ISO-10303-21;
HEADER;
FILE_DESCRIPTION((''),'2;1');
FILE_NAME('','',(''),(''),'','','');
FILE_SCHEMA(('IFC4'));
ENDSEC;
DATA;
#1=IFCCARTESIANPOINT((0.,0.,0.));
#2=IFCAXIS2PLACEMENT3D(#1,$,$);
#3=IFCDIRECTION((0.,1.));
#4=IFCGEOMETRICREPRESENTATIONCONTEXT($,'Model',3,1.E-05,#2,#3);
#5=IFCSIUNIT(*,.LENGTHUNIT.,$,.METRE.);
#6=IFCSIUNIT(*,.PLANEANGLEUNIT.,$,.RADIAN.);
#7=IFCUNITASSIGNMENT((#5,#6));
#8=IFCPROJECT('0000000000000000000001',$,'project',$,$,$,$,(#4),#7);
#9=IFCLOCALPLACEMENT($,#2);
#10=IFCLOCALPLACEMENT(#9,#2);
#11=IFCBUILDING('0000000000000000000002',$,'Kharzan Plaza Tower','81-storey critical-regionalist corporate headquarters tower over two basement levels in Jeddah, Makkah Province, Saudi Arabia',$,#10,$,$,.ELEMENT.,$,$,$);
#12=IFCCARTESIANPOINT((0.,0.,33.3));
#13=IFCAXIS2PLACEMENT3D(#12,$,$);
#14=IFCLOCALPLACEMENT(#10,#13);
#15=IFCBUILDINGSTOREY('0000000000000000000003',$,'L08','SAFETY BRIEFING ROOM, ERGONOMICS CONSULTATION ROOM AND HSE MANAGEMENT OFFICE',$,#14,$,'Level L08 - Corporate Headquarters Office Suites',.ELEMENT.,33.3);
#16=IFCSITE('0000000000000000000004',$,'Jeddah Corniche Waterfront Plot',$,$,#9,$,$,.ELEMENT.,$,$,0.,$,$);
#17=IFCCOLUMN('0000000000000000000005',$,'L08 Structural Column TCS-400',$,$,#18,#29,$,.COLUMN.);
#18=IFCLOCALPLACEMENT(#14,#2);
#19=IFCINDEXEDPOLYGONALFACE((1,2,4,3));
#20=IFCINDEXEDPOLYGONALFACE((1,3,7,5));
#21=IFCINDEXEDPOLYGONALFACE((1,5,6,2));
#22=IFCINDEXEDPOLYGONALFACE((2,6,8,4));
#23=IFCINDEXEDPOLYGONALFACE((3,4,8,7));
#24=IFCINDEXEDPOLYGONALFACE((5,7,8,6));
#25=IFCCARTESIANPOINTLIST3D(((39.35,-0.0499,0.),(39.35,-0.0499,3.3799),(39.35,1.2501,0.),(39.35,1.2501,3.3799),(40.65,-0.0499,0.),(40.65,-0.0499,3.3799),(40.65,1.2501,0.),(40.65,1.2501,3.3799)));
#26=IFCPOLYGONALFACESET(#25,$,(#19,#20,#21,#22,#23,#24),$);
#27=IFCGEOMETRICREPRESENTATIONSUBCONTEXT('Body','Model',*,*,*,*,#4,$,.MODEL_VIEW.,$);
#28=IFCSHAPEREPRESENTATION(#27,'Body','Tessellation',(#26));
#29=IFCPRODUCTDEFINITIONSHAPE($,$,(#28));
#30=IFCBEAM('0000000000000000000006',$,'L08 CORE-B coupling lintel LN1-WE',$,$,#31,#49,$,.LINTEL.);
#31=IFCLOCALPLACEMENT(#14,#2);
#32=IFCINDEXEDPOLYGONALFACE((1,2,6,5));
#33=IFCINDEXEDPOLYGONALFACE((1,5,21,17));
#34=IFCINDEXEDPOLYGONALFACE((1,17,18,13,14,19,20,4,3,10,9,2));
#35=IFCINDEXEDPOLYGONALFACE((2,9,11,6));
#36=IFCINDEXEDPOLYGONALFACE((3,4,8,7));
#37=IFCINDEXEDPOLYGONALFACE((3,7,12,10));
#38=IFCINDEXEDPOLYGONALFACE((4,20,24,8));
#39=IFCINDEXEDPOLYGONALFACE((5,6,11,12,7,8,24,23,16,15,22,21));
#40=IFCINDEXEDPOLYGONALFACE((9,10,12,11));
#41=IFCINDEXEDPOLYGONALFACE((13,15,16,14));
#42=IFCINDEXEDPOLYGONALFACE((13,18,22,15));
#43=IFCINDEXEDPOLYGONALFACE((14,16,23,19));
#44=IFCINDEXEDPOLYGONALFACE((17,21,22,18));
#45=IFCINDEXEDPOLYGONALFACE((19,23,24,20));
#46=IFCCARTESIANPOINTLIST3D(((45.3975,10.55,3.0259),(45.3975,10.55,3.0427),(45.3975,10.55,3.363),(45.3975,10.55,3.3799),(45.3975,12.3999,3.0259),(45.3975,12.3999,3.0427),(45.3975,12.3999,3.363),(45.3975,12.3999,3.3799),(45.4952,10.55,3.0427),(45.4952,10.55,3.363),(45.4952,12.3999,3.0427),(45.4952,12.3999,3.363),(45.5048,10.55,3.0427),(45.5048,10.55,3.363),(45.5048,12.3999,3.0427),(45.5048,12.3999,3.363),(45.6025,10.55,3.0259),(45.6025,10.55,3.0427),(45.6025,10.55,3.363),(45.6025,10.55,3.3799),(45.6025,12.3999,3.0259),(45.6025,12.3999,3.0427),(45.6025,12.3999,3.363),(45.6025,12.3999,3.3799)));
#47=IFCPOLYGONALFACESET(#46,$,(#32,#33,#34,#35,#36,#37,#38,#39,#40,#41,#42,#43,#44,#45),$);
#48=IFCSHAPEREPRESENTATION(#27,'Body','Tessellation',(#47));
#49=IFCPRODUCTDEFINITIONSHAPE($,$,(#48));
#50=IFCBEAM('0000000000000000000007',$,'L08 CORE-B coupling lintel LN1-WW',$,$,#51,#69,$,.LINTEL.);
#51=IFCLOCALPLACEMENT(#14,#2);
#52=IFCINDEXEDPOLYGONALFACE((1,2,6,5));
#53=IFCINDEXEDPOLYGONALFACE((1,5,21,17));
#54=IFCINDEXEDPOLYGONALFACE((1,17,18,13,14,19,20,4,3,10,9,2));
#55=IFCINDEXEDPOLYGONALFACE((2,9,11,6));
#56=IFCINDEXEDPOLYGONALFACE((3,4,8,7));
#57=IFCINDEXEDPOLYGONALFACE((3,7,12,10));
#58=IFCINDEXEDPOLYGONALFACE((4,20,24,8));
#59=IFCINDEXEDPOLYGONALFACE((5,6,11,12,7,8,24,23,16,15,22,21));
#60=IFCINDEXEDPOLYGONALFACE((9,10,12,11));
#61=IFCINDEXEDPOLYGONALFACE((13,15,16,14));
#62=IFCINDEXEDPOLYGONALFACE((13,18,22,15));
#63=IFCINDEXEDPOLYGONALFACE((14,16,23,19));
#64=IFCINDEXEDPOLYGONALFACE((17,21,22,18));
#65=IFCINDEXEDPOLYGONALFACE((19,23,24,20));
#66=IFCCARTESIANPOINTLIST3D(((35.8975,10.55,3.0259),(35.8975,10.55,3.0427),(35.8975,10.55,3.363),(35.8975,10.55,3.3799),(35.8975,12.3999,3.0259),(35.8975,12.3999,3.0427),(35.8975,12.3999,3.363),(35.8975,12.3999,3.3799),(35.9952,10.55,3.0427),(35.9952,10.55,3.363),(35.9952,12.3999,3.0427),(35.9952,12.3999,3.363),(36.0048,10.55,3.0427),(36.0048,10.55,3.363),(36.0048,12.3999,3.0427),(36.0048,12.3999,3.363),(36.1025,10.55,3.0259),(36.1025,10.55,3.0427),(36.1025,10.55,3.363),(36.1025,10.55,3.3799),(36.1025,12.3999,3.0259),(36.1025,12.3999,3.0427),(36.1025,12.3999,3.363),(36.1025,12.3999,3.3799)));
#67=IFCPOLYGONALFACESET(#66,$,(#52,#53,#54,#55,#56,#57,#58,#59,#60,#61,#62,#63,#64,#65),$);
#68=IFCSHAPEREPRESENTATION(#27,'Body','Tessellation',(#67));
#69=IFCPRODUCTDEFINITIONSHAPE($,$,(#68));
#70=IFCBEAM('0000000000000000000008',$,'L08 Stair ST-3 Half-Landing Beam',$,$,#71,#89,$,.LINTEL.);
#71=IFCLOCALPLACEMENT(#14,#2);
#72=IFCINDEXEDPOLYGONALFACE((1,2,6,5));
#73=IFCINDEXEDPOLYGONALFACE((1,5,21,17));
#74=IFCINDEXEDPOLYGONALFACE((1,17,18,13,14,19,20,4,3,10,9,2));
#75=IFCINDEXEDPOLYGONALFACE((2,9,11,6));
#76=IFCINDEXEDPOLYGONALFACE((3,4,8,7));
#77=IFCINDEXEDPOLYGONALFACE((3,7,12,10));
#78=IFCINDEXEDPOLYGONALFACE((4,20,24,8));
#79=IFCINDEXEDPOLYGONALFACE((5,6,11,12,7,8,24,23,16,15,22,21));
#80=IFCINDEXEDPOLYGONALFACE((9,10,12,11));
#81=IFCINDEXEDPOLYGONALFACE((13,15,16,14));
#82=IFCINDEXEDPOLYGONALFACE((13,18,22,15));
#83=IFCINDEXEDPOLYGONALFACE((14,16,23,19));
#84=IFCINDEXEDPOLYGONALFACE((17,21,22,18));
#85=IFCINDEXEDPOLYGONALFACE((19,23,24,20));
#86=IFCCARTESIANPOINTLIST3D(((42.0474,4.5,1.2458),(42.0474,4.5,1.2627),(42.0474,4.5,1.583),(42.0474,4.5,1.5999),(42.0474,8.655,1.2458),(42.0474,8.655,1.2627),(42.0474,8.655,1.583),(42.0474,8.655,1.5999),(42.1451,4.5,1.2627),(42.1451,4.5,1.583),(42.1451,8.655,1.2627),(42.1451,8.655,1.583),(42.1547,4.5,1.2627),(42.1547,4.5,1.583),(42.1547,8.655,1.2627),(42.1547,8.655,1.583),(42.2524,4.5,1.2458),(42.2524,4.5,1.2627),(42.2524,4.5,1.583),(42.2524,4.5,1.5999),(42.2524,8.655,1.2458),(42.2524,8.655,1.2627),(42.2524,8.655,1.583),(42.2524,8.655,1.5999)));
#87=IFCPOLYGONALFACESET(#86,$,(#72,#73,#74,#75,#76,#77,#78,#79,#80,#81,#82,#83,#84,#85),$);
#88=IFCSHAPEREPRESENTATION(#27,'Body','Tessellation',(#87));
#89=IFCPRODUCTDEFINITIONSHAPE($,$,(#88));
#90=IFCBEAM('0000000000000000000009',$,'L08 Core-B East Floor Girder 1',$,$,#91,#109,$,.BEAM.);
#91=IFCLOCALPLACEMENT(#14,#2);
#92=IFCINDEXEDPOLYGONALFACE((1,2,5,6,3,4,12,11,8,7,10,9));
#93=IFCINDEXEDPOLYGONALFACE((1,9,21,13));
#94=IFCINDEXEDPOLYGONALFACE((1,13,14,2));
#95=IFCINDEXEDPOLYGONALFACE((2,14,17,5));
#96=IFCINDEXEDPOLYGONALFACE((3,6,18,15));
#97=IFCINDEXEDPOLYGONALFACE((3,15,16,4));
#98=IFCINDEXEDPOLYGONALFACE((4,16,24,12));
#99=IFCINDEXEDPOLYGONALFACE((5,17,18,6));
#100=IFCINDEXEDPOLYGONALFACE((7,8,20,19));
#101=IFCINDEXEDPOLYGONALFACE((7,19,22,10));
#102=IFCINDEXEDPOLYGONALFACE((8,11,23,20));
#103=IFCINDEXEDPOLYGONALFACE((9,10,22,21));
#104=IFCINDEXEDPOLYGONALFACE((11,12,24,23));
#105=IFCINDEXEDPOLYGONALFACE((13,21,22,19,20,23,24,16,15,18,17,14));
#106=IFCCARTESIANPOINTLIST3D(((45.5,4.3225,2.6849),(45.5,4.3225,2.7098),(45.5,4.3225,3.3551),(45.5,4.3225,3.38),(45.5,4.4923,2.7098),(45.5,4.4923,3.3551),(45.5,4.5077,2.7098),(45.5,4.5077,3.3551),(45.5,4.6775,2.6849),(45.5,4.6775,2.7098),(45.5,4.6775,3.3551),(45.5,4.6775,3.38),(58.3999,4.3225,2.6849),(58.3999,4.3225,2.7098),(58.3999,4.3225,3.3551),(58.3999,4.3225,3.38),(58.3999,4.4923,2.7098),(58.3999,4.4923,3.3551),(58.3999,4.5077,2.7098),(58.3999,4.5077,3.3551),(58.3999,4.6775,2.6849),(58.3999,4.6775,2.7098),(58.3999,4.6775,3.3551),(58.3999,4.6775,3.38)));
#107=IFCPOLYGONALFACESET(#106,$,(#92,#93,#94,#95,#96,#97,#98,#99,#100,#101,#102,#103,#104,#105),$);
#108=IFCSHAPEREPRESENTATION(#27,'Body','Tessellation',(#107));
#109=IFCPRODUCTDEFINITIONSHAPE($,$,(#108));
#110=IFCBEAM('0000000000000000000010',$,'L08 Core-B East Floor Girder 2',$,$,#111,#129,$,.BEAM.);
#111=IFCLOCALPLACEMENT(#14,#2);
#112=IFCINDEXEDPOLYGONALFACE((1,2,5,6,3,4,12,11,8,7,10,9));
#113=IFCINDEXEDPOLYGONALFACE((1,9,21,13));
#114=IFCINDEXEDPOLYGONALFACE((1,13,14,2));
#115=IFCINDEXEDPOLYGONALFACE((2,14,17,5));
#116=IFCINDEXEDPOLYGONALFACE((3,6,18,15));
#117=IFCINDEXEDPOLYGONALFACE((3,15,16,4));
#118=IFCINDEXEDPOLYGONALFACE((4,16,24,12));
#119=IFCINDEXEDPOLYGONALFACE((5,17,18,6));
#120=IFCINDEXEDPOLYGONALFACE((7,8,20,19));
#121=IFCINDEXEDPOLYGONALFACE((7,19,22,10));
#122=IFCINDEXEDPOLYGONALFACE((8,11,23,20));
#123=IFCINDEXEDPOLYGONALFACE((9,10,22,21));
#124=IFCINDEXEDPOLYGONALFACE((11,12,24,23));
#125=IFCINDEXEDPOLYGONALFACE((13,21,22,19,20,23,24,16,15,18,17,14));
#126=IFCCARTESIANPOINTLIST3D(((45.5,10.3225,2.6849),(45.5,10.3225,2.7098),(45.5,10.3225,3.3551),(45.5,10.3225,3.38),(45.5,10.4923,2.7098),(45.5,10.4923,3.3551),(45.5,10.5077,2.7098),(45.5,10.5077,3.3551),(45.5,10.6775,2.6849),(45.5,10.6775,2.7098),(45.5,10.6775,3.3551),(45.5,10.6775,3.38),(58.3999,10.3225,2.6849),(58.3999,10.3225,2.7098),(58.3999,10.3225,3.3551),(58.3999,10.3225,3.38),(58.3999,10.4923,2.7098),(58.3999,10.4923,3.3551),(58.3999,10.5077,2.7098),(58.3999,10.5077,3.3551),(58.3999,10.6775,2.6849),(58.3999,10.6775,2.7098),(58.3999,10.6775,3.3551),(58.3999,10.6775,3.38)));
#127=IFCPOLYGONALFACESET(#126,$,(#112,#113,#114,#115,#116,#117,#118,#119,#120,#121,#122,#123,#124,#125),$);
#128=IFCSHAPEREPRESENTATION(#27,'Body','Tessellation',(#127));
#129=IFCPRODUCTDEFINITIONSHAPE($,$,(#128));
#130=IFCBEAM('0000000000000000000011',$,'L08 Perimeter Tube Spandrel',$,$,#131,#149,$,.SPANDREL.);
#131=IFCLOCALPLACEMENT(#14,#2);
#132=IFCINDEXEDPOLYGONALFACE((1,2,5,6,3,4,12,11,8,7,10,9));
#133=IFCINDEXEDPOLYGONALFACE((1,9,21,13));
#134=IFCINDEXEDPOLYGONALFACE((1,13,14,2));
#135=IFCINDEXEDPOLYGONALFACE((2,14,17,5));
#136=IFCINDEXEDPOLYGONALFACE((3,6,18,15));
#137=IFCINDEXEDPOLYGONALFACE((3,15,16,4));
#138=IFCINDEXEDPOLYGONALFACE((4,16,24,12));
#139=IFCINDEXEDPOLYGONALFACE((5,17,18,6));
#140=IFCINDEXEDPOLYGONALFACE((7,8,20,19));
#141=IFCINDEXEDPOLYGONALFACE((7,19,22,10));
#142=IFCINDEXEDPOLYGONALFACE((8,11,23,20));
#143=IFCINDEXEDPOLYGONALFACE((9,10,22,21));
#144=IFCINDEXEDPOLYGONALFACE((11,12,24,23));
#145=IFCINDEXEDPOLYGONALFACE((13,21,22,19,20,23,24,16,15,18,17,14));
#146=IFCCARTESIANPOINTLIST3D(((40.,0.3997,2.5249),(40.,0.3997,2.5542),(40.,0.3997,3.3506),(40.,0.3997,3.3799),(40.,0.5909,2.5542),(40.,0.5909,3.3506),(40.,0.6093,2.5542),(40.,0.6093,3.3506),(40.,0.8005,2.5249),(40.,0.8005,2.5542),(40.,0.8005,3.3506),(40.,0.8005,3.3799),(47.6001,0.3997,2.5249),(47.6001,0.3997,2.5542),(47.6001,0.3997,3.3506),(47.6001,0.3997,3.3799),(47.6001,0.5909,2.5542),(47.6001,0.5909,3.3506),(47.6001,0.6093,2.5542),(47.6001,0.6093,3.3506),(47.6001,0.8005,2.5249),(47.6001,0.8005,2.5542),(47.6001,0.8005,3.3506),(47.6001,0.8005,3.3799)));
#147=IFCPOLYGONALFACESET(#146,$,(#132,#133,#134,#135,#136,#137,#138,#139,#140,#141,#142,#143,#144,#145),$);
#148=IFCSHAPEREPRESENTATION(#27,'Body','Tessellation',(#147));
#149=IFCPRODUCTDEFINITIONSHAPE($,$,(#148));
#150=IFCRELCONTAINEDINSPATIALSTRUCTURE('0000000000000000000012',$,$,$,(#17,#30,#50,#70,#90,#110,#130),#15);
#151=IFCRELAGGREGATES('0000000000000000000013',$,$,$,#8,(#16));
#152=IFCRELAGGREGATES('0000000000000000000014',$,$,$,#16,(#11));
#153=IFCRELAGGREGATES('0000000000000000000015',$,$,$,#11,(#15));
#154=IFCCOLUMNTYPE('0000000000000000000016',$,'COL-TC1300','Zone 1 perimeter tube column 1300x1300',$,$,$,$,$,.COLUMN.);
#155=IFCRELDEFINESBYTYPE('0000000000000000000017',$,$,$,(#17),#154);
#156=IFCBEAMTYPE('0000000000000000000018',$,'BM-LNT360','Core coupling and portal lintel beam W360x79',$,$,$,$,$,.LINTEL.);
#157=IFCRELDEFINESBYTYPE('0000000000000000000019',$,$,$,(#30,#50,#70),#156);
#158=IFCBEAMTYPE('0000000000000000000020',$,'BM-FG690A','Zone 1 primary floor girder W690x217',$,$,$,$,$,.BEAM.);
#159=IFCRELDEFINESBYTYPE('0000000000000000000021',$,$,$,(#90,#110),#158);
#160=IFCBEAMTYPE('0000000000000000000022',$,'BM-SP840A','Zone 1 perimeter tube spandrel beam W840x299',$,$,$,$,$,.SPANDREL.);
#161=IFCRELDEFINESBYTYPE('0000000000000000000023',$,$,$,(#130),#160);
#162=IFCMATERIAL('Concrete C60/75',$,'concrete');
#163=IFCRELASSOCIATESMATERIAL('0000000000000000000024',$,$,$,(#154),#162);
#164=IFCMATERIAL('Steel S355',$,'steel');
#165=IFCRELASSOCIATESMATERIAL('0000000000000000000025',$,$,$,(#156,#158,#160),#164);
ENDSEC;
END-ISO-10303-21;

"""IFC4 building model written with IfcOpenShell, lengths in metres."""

from ifc_helpers import new_model, si_unit, direction, frame, origin, origin_2d, place, context, subcontext, project, spatial, rectangle, i_section, extrude, source, transform, mapped, material, material_profile, profile_set, type_object, element, save


model = new_model("IFC4")

# Units and contexts
model_context = context("Model", 3, precision=1e-05, world=origin(), true_north=direction((0.0, 1.0)))
body_context = subcontext(model_context, "Body", "Model", "MODEL_VIEW")
ifc_project = project(units=[si_unit("LENGTHUNIT", "METRE"), si_unit("PLANEANGLEUNIT", "RADIAN")], contexts=[model_context])

# Site, building, storey
site_placement = place(None, origin())
site = spatial("IfcSite", under=ifc_project, at=site_placement, Name="Jeddah Corniche Waterfront Plot", CompositionType="ELEMENT", RefElevation=0.0)
building_placement = place(site_placement, origin())
building = spatial("IfcBuilding", under=site, at=building_placement, Name="Kharzan Plaza Tower", Description="81-storey critical-regionalist corporate headquarters tower over two basement levels in Jeddah, Makkah Province, Saudi Arabia", CompositionType="ELEMENT")
storey_placement = place(building_placement, frame((0.0, 0.0, 33.3)))
storey = spatial("IfcBuildingStorey", under=building, at=storey_placement, Name="L08", Description="SAFETY BRIEFING ROOM, ERGONOMICS CONSULTATION ROOM AND HSE MANAGEMENT OFFICE", LongName="Level L08 - Corporate Headquarters Office Suites", CompositionType="ELEMENT", Elevation=33.3)

# Column
ifc_material_1 = material(Name="Concrete C60/75", Category="concrete")
ifc_material_profile_1 = material_profile(ifc_material_1, rectangle(XDim=1.3, YDim=1.3, at=origin_2d()), Name="RC-TC1300x1300")
ifc_profile_set_1 = profile_set([ifc_material_profile_1], Name="Concrete C60/75")
column_type = type_object("IfcColumnType", Name="COL-TC1300", Description="Zone 1 perimeter tube column 1300x1300", PredefinedType="COLUMN", material=ifc_profile_set_1)
shared_shape_1 = source(origin(), body_context, "Body", "SweptSolid", [
    extrude(rectangle(XDim=1.3, YDim=1.3, at=origin_2d()), origin(), (0.0, 0.0, 1.0), 3.3799),
])
column_placement = place(storey_placement, frame((40.0, 0.6001, 0.0), z_axis=(0.0, 0.0, 1.0), x_axis=(1.0, 0.0, 0.0)))
element("IfcColumn", 1, at=column_placement, inside=storey, type_object=column_type, Name="L08 Structural Column TCS-400", PredefinedType="COLUMN", context=body_context, shape_type="MappedRepresentation", body=[
    mapped(shared_shape_1, transform((0.0, 0.0, 0.0), x_axis=(1.0, 0.0, 0.0), y_axis=(0.0, 1.0, 0.0), z_axis=(0.0, 0.0, 1.0))),
])

# Beams
ifc_material_2 = material(Name="Steel S355", Category="steel")
ifc_material_profile_2 = material_profile(ifc_material_2, i_section(OverallWidth=0.2051, OverallDepth=0.354, WebThickness=0.0095, FlangeThickness=0.0168, at=origin_2d()), Name="W360x79")
ifc_profile_set_2 = profile_set([ifc_material_profile_2], Name="Steel S355")
beam_type_1 = type_object("IfcBeamType", Name="BM-LNT360", Description="Core coupling and portal lintel beam W360x79", PredefinedType="LINTEL", material=ifc_profile_set_2)
shared_shape_2 = source(origin(), body_context, "Body", "SweptSolid", [
    extrude(i_section(OverallWidth=0.2051, OverallDepth=0.354, WebThickness=0.0095, FlangeThickness=0.0168, at=origin_2d()), origin(), (0.0, 0.0, 1.0), 1.8499),
])
for number, where, z_axis, x_axis, name in (
    (2, (45.5, 10.55, 3.2029), (0.0, 1.0, 0.0), (-1.0, 0.0, 0.0), "L08 CORE-B coupling lintel LN1-WE"),
    (3, (36.0, 10.55, 3.2029), (0.0, 1.0, 0.0), (-1.0, 0.0, 0.0), "L08 CORE-B coupling lintel LN1-WW"),
):
    element("IfcBeam", number, at=place(storey_placement, frame(where, z_axis=z_axis, x_axis=x_axis)), inside=storey, type_object=beam_type_1, Name=name, PredefinedType="LINTEL", context=body_context, shape_type="MappedRepresentation", body=[
        mapped(shared_shape_2, transform((0.0, 0.0, 0.0), x_axis=(1.0, 0.0, 0.0), y_axis=(0.0, 1.0, 0.0), z_axis=(0.0, 0.0, 1.0))),
    ])
shared_shape_3 = source(origin(), body_context, "Body", "SweptSolid", [
    extrude(i_section(OverallWidth=0.2051, OverallDepth=0.354, WebThickness=0.0095, FlangeThickness=0.0168, at=origin_2d()), origin(), (0.0, 0.0, 1.0), 4.155),
])
beam_1_placement = place(storey_placement, frame((42.1499, 4.5, 1.4229), z_axis=(0.0, 1.0, 0.0), x_axis=(-1.0, 0.0, 0.0)))
element("IfcBeam", 4, at=beam_1_placement, inside=storey, type_object=beam_type_1, Name="L08 Stair ST-3 Half-Landing Beam", PredefinedType="LINTEL", context=body_context, shape_type="MappedRepresentation", body=[
    mapped(shared_shape_3, transform((0.0, 0.0, 0.0), x_axis=(1.0, 0.0, 0.0), y_axis=(0.0, 1.0, 0.0), z_axis=(0.0, 0.0, 1.0))),
])
ifc_material_profile_3 = material_profile(ifc_material_2, i_section(OverallWidth=0.355, OverallDepth=0.6951, WebThickness=0.0154, FlangeThickness=0.0249, at=origin_2d()), Name="W690x217")
ifc_profile_set_3 = profile_set([ifc_material_profile_3], Name="Steel S355")
beam_type_2 = type_object("IfcBeamType", Name="BM-FG690A", Description="Zone 1 primary floor girder W690x217", PredefinedType="BEAM", material=ifc_profile_set_3)
shared_shape_4 = source(origin(), body_context, "Body", "SweptSolid", [
    extrude(i_section(OverallWidth=0.355, OverallDepth=0.6951, WebThickness=0.0154, FlangeThickness=0.0249, at=origin_2d()), origin(), (0.0, 0.0, 1.0), 12.8999),
])
for number, where, z_axis, x_axis, name in (
    (5, (45.5, 4.5, 3.0325), (1.0, 0.0, 0.0), (0.0, 1.0, 0.0), "L08 Core-B East Floor Girder 1"),
    (6, (45.5, 10.5, 3.0325), (1.0, 0.0, 0.0), (0.0, 1.0, 0.0), "L08 Core-B East Floor Girder 2"),
):
    element("IfcBeam", number, at=place(storey_placement, frame(where, z_axis=z_axis, x_axis=x_axis)), inside=storey, type_object=beam_type_2, Name=name, PredefinedType="BEAM", context=body_context, shape_type="MappedRepresentation", body=[
        mapped(shared_shape_4, transform((0.0, 0.0, 0.0), x_axis=(1.0, 0.0, 0.0), y_axis=(0.0, 1.0, 0.0), z_axis=(0.0, 0.0, 1.0))),
    ])
ifc_material_profile_4 = material_profile(ifc_material_2, i_section(OverallWidth=0.4009, OverallDepth=0.855, WebThickness=0.0183, FlangeThickness=0.0293, at=origin_2d()), Name="W840x299")
ifc_profile_set_4 = profile_set([ifc_material_profile_4], Name="Steel S355")
beam_type_3 = type_object("IfcBeamType", Name="BM-SP840A", Description="Zone 1 perimeter tube spandrel beam W840x299", PredefinedType="SPANDREL", material=ifc_profile_set_4)
shared_shape_5 = source(origin(), body_context, "Body", "SweptSolid", [
    extrude(i_section(OverallWidth=0.4009, OverallDepth=0.855, WebThickness=0.0183, FlangeThickness=0.0293, at=origin_2d()), origin(), (0.0, 0.0, 1.0), 7.6001),
])
beam_2_placement = place(storey_placement, frame((40.0, 0.6001, 2.9524), z_axis=(1.0, 0.0, 0.0), x_axis=(0.0, 1.0, 0.0)))
element("IfcBeam", 7, at=beam_2_placement, inside=storey, type_object=beam_type_3, Name="L08 Perimeter Tube Spandrel", PredefinedType="SPANDREL", context=body_context, shape_type="MappedRepresentation", body=[
    mapped(shared_shape_5, transform((0.0, 0.0, 0.0), x_axis=(1.0, 0.0, 0.0), y_axis=(0.0, 1.0, 0.0), z_axis=(0.0, 0.0, 1.0))),
])

save(model, "model.ifc")
